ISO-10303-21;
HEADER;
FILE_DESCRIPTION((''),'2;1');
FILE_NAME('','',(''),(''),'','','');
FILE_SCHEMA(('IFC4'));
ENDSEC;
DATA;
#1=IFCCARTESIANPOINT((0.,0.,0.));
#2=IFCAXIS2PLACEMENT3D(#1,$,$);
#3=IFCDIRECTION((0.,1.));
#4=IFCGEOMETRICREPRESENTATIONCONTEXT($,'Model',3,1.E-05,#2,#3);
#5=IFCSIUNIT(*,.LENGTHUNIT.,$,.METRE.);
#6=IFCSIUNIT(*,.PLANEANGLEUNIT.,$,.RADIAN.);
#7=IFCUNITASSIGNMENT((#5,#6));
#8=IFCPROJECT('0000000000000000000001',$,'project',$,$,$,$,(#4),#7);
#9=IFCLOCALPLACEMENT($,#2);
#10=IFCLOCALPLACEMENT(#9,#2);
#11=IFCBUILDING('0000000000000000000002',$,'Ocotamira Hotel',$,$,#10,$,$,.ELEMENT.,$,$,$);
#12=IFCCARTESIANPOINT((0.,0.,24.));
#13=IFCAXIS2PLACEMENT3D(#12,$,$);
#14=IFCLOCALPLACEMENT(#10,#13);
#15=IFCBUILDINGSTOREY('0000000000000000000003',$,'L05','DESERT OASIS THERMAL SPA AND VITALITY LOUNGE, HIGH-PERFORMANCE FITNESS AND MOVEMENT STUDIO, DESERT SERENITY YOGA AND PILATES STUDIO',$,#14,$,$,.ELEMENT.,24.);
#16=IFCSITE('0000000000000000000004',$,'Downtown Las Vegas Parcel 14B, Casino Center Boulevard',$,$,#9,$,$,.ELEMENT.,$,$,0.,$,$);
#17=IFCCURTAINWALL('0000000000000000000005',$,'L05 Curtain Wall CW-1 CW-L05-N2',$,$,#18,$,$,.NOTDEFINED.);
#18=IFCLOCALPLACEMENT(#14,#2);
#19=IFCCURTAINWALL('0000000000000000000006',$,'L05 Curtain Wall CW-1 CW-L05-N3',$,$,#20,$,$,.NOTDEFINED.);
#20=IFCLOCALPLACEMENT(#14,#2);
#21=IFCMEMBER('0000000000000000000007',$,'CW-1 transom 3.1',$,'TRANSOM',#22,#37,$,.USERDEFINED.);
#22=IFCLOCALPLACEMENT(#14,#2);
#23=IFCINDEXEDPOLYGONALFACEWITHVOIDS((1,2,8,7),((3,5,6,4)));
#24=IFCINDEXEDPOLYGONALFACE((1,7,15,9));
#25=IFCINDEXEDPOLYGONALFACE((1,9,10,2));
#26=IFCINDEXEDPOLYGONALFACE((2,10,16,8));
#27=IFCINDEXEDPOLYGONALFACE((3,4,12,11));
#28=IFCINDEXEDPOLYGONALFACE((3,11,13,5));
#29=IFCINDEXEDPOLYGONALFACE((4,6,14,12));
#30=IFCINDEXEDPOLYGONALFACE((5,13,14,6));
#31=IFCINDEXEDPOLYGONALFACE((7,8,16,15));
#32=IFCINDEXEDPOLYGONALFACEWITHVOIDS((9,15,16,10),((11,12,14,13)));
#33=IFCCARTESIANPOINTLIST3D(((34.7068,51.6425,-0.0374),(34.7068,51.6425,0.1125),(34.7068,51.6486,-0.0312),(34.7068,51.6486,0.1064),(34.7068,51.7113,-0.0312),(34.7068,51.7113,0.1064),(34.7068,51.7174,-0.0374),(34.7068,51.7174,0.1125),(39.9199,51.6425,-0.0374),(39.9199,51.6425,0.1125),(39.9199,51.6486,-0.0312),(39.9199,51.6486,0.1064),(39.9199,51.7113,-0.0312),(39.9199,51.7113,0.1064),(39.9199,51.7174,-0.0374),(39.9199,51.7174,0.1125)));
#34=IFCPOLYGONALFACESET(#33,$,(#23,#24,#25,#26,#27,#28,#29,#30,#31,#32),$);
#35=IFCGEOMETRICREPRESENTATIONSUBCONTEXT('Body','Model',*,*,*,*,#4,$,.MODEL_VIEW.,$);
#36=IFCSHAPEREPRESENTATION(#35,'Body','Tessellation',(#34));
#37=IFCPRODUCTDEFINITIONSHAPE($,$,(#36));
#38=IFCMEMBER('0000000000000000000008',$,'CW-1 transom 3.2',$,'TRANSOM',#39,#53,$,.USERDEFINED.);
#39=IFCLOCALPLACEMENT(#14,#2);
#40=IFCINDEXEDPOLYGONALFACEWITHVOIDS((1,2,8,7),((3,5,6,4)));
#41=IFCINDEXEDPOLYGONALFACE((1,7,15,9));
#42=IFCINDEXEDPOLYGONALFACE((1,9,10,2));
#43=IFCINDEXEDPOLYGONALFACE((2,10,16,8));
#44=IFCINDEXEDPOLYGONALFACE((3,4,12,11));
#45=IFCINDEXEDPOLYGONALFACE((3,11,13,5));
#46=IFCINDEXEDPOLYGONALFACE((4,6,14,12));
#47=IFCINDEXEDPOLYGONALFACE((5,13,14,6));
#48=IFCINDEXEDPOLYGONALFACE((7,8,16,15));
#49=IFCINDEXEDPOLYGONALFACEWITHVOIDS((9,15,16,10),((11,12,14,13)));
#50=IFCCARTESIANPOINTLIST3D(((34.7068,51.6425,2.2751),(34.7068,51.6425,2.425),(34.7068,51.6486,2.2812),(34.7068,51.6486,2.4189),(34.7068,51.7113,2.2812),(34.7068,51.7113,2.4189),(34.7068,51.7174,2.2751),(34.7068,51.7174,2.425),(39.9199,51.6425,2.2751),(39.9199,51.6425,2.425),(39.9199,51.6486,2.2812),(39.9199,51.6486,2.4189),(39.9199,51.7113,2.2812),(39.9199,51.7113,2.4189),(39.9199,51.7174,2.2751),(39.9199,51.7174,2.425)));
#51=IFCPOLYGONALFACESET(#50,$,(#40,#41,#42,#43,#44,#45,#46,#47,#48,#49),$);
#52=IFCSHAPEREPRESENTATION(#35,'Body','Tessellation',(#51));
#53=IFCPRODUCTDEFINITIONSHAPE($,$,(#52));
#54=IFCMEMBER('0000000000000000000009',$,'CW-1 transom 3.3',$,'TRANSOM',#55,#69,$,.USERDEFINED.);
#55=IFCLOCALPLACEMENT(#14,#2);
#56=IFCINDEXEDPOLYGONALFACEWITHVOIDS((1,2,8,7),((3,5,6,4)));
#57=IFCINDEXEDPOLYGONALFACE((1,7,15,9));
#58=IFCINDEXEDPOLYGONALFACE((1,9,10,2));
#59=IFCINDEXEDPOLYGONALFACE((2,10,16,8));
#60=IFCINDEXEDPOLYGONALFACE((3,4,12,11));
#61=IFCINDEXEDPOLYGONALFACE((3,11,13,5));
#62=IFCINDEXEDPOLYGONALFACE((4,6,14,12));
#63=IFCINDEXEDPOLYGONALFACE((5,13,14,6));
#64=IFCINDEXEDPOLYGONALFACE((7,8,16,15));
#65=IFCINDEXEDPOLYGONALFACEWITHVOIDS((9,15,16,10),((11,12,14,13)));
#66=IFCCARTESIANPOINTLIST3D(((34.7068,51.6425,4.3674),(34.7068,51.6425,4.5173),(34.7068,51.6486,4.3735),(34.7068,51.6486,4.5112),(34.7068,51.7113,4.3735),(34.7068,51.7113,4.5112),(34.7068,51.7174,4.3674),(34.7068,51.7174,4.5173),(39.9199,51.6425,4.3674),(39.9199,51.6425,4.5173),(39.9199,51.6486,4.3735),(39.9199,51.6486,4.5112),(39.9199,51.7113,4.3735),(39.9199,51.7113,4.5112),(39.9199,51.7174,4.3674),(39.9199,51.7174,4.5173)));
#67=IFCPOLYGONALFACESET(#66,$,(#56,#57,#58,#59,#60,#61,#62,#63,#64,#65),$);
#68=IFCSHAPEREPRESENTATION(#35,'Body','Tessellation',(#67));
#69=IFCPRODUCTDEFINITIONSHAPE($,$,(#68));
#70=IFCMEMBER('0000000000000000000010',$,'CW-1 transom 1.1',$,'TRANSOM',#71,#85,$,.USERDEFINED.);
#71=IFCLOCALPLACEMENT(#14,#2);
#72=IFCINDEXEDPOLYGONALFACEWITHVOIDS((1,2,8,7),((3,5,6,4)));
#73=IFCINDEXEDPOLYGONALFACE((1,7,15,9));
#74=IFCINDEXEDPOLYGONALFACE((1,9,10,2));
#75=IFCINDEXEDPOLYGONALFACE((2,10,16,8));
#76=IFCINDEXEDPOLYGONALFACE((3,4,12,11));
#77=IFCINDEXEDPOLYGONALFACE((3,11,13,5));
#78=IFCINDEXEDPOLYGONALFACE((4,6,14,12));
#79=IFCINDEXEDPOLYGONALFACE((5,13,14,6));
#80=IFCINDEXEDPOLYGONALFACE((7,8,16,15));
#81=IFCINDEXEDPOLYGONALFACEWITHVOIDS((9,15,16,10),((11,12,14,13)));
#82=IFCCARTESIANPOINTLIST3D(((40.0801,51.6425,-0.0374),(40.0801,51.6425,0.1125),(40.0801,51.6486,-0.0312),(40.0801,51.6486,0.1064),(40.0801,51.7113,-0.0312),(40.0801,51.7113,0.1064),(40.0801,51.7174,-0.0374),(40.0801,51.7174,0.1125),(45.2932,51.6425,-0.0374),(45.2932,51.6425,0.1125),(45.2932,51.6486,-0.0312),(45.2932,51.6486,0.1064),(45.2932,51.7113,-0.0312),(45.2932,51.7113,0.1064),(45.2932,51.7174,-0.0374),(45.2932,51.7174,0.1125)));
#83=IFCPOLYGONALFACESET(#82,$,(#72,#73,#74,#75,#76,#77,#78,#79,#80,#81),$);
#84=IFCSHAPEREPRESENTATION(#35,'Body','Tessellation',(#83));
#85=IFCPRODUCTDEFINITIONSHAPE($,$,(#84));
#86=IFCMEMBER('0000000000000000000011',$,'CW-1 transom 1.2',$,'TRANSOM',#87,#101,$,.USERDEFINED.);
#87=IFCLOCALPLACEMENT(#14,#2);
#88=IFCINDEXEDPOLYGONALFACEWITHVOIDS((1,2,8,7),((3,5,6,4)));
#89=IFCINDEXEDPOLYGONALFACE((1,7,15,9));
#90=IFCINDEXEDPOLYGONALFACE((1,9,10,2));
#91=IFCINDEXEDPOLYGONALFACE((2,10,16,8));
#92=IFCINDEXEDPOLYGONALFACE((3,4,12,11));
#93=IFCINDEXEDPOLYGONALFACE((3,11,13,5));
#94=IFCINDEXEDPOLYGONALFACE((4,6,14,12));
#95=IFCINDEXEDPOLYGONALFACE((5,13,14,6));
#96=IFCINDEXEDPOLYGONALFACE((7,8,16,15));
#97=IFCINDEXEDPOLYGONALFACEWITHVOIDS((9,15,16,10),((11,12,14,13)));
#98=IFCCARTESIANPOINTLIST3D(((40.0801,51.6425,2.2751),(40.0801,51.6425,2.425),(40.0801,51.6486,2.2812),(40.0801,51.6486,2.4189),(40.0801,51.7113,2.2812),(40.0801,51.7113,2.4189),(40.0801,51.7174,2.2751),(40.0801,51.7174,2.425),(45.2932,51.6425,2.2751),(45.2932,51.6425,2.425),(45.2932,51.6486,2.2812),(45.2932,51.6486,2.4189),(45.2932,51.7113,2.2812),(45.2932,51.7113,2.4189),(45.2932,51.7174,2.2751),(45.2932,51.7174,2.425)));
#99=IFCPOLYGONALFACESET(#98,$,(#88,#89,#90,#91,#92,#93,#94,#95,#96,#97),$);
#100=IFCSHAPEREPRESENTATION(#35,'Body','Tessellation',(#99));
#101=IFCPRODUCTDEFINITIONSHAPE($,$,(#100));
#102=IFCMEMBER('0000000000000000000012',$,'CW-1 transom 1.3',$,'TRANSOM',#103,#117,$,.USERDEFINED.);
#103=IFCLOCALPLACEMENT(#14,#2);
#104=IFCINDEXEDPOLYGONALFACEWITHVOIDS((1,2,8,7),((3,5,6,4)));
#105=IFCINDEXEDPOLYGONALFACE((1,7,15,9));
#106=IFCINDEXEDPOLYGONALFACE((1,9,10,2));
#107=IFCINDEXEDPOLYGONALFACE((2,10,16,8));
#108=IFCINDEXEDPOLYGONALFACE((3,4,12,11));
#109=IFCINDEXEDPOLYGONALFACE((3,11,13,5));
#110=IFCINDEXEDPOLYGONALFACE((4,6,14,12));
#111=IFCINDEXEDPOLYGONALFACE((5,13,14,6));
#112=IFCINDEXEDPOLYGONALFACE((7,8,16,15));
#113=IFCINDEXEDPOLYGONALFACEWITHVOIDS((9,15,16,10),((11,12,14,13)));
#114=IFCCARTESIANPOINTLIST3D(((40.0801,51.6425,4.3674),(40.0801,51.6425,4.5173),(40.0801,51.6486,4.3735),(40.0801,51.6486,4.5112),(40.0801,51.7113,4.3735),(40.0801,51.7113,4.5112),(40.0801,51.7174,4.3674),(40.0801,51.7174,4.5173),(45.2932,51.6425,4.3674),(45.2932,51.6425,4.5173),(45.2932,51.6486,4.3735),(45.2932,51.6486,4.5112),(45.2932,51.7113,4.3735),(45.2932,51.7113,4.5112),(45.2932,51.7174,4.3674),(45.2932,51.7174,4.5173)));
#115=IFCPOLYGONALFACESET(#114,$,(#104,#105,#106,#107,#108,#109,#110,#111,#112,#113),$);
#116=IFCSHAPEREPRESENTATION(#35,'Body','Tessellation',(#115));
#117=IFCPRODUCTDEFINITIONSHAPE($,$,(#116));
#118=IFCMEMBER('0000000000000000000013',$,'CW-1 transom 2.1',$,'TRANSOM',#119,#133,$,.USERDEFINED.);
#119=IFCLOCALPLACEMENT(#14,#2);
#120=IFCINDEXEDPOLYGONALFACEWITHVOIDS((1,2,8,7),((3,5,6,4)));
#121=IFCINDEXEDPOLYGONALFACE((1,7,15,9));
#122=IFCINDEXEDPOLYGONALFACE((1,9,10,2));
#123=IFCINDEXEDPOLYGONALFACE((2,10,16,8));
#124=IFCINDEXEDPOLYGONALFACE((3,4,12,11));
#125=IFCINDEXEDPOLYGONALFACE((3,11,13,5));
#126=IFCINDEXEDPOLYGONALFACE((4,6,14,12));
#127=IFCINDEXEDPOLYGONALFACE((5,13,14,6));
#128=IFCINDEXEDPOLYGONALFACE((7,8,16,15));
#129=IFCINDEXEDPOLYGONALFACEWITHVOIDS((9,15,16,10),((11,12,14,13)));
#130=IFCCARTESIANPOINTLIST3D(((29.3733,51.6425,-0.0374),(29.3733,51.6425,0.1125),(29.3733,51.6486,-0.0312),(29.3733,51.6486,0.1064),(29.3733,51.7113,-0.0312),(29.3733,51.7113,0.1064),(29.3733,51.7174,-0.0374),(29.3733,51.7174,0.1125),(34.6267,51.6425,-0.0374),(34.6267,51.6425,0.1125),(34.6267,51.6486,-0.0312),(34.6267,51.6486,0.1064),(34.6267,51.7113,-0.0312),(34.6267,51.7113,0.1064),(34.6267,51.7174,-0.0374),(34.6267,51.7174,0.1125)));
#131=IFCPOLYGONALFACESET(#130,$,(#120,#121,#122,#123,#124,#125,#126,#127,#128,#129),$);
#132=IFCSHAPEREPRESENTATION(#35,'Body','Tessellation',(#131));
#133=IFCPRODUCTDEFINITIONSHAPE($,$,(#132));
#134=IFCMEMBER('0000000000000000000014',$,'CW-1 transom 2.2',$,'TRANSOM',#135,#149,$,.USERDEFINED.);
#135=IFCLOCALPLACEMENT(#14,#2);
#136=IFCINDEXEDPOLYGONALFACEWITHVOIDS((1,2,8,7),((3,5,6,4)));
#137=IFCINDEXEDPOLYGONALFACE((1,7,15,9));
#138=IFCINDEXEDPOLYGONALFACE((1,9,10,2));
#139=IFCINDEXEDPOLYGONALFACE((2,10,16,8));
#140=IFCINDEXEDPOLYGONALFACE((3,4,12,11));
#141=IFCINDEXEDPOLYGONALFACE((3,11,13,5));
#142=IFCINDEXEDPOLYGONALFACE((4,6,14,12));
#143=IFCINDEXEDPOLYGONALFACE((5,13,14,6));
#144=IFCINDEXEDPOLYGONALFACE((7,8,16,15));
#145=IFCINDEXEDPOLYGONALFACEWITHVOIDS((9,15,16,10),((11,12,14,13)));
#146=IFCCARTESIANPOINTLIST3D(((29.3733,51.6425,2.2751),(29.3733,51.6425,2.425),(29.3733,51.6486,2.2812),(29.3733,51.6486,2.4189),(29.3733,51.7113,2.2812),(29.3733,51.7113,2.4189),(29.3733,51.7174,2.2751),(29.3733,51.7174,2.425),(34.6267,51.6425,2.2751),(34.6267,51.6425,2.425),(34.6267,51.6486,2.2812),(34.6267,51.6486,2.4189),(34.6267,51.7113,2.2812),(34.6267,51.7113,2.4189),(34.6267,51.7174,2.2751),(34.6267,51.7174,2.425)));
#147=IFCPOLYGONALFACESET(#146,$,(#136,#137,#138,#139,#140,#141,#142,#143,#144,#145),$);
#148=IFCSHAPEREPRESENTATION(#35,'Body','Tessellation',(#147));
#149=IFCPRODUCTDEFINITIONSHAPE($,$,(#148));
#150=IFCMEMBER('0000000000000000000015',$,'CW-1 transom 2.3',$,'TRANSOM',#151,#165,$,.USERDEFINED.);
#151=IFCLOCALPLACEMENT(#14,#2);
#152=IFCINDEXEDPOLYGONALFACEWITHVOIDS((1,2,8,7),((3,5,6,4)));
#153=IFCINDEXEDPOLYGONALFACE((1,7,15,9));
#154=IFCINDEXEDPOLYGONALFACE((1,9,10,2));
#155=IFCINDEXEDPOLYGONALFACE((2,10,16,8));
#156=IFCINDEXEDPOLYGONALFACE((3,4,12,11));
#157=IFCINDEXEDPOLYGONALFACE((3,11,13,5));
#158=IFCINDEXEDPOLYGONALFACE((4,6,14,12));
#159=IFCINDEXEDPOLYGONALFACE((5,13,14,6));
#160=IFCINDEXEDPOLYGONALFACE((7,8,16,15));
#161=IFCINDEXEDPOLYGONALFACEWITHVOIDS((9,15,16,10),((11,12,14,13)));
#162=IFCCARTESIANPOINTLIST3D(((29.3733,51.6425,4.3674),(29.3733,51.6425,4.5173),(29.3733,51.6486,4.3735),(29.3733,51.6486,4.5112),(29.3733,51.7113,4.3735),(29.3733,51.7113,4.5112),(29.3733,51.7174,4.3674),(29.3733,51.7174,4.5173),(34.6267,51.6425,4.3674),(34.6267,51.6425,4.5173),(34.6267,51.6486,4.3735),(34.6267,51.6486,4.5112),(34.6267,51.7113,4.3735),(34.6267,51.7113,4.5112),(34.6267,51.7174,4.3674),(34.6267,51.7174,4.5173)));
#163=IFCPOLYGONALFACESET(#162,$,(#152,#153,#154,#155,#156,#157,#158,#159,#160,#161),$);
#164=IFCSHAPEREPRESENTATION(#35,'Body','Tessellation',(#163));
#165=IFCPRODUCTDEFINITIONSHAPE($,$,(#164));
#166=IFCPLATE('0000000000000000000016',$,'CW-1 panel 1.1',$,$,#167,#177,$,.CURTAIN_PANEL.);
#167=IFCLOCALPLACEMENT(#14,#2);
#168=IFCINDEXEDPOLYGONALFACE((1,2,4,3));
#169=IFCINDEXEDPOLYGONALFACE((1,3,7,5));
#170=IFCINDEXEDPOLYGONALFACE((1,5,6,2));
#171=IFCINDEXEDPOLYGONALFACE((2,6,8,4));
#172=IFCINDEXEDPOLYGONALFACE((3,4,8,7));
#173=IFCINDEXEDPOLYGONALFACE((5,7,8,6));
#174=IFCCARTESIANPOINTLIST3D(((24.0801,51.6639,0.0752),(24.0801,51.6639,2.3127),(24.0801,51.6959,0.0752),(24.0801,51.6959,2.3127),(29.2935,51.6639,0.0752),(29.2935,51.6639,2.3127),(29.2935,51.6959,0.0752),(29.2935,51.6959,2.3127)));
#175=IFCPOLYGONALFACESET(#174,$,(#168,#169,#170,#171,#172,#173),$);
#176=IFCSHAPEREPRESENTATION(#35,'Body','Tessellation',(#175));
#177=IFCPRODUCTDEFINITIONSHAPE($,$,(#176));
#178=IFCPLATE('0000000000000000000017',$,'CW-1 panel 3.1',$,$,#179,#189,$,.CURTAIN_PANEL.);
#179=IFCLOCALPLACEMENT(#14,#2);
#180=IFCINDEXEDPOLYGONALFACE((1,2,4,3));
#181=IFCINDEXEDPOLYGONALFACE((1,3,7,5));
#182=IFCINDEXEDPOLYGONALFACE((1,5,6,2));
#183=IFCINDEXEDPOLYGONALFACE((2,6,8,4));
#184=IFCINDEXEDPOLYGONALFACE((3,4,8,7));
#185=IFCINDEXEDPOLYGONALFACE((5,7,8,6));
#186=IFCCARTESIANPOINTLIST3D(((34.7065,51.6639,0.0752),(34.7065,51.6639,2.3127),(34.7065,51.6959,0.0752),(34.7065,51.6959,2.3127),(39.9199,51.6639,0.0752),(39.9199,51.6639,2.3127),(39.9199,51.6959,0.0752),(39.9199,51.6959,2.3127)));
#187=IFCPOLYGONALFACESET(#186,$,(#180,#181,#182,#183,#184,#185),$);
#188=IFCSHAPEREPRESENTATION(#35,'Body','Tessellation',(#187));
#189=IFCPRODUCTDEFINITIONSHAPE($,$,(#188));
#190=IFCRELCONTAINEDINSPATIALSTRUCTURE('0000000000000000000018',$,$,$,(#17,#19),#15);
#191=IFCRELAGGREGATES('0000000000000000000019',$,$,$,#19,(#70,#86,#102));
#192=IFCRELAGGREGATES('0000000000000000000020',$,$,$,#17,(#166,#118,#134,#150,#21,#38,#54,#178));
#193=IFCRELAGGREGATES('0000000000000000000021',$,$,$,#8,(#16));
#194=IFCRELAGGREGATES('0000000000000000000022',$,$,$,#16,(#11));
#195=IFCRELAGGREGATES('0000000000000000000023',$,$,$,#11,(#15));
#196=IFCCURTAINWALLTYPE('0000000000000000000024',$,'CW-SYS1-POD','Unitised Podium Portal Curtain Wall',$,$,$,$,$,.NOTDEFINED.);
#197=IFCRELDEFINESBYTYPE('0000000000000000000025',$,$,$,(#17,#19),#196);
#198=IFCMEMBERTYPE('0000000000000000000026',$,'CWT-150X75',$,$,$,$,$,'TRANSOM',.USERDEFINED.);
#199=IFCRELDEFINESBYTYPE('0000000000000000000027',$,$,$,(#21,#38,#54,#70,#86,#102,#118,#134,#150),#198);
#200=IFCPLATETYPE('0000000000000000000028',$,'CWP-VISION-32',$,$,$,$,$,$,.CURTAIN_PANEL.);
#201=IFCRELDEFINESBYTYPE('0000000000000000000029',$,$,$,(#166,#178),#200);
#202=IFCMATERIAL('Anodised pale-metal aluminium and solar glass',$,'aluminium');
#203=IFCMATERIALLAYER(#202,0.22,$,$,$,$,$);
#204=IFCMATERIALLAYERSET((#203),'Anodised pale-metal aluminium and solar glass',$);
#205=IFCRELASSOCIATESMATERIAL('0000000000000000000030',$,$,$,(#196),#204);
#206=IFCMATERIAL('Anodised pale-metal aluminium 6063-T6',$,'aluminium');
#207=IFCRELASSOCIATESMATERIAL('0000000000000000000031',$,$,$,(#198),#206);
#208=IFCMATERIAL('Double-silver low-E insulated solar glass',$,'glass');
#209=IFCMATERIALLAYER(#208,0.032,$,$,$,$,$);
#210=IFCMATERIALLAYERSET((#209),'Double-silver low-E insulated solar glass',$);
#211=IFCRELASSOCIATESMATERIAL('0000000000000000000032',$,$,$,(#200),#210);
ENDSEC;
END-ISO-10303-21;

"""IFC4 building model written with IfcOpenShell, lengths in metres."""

from ifc_helpers import new_model, si_unit, direction, frame, origin, origin_2d, place, context, subcontext, project, spatial, rectangle, hollow_rectangle, extrude, source, transform, mapped, material, layer, layer_set, material_profile, profile_set, type_object, element, aggregate, save


model = new_model("IFC4")

# Units and contexts
model_context = context("Model", 3, precision=1e-05, world=origin(), true_north=direction((0.0, 1.0)))
body_context = subcontext(model_context, "Body", "Model", "MODEL_VIEW")
ifc_project = project(units=[si_unit("LENGTHUNIT", "METRE"), si_unit("PLANEANGLEUNIT", "RADIAN")], contexts=[model_context])

# Site, building, storey
site_placement = place(None, origin())
site = spatial("IfcSite", under=ifc_project, at=site_placement, Name="Downtown Las Vegas Parcel 14B, Casino Center Boulevard", CompositionType="ELEMENT", RefElevation=0.0)
building_placement = place(site_placement, origin())
building = spatial("IfcBuilding", under=site, at=building_placement, Name="Ocotamira Hotel", CompositionType="ELEMENT")
storey_placement = place(building_placement, frame((0.0, 0.0, 24.0)))
storey = spatial("IfcBuildingStorey", under=building, at=storey_placement, Name="L05", Description="DESERT OASIS THERMAL SPA AND VITALITY LOUNGE, HIGH-PERFORMANCE FITNESS AND MOVEMENT STUDIO, DESERT SERENITY YOGA AND PILATES STUDIO", CompositionType="ELEMENT", Elevation=24.0)

# Curtain wall
ifc_material_1 = material(Name="Anodised pale-metal aluminium and solar glass", Category="aluminium")
ifc_layer_1 = layer(ifc_material_1, 0.22)
ifc_layer_set_1 = layer_set([ifc_layer_1], Name="Anodised pale-metal aluminium and solar glass")
curtain_wall_type = type_object("IfcCurtainWallType", Name="CW-SYS1-POD", Description="Unitised Podium Portal Curtain Wall", PredefinedType="NOTDEFINED", material=ifc_layer_set_1)
curtain_wall_1_placement = place(storey_placement, origin())
curtain_wall_1 = element("IfcCurtainWall", 1, at=curtain_wall_1_placement, inside=storey, type_object=curtain_wall_type, Name="L05 Curtain Wall CW-1 CW-L05-N2", PredefinedType="NOTDEFINED")
ifc_material_2 = material(Name="Anodised pale-metal aluminium 6063-T6", Category="aluminium")

# Curtain wall
curtain_wall_2_placement = place(storey_placement, origin())
curtain_wall_2 = element("IfcCurtainWall", 2, at=curtain_wall_2_placement, inside=storey, type_object=curtain_wall_type, Name="L05 Curtain Wall CW-1 CW-L05-N3", PredefinedType="NOTDEFINED")

# Members
ifc_material_profile_1 = material_profile(ifc_material_2, hollow_rectangle(XDim=0.075, YDim=0.1499, WallThickness=0.0061, at=origin_2d()), Name="HSS150X75X6")
ifc_profile_set_1 = profile_set([ifc_material_profile_1], Name="Anodised pale-metal aluminium 6063-T6")
member_type_1 = type_object("IfcMemberType", Name="CWT-150X75", ElementType="TRANSOM", PredefinedType="USERDEFINED", material=ifc_profile_set_1)
shared_shape_1 = source(origin(), body_context, "Body", "SweptSolid", [
    extrude(hollow_rectangle(XDim=0.075, YDim=0.1499, WallThickness=0.0061, at=origin_2d()), origin(), (0.0, 0.0, 1.0), 5.2131),
])
member_1_placement = place(storey_placement, frame((34.7068, 51.6799, 0.0376), z_axis=(1.0, 0.0, 0.0), x_axis=(0.0, 1.0, 0.0)))
member_1 = element("IfcMember", 3, at=member_1_placement, type_object=member_type_1, Name="CW-1 transom 3.1", ObjectType="TRANSOM", PredefinedType="USERDEFINED", context=body_context, shape_type="MappedRepresentation", body=[
    mapped(shared_shape_1, transform((0.0, 0.0, 0.0), scale=1.0)),
])
member_2_placement = place(storey_placement, frame((34.7068, 51.6799, 2.3501), z_axis=(1.0, 0.0, 0.0), x_axis=(0.0, 1.0, 0.0)))
member_2 = element("IfcMember", 4, at=member_2_placement, type_object=member_type_1, Name="CW-1 transom 3.2", ObjectType="TRANSOM", PredefinedType="USERDEFINED", context=body_context, shape_type="MappedRepresentation", body=[
    mapped(shared_shape_1, transform((0.0, 0.0, 0.0), scale=1.0)),
])
member_3_placement = place(storey_placement, frame((34.7068, 51.6799, 4.4424), z_axis=(1.0, 0.0, 0.0), x_axis=(0.0, 1.0, 0.0)))
member_3 = element("IfcMember", 5, at=member_3_placement, type_object=member_type_1, Name="CW-1 transom 3.3", ObjectType="TRANSOM", PredefinedType="USERDEFINED", context=body_context, shape_type="MappedRepresentation", body=[
    mapped(shared_shape_1, transform((0.0, 0.0, 0.0), scale=1.0)),
])
member_4_placement = place(storey_placement, frame((40.0801, 51.6799, 0.0376), z_axis=(1.0, 0.0, 0.0), x_axis=(0.0, 1.0, 0.0)))
member_4 = element("IfcMember", 6, at=member_4_placement, type_object=member_type_1, Name="CW-1 transom 1.1", ObjectType="TRANSOM", PredefinedType="USERDEFINED", context=body_context, shape_type="MappedRepresentation", body=[
    mapped(shared_shape_1, transform((0.0, 0.0, 0.0), scale=1.0)),
])
member_5_placement = place(storey_placement, frame((40.0801, 51.6799, 2.3501), z_axis=(1.0, 0.0, 0.0), x_axis=(0.0, 1.0, 0.0)))
member_5 = element("IfcMember", 7, at=member_5_placement, type_object=member_type_1, Name="CW-1 transom 1.2", ObjectType="TRANSOM", PredefinedType="USERDEFINED", context=body_context, shape_type="MappedRepresentation", body=[
    mapped(shared_shape_1, transform((0.0, 0.0, 0.0), scale=1.0)),
])
member_6_placement = place(storey_placement, frame((40.0801, 51.6799, 4.4424), z_axis=(1.0, 0.0, 0.0), x_axis=(0.0, 1.0, 0.0)))
member_6 = element("IfcMember", 8, at=member_6_placement, type_object=member_type_1, Name="CW-1 transom 1.3", ObjectType="TRANSOM", PredefinedType="USERDEFINED", context=body_context, shape_type="MappedRepresentation", body=[
    mapped(shared_shape_1, transform((0.0, 0.0, 0.0), scale=1.0)),
])
shared_shape_2 = source(origin(), body_context, "Body", "SweptSolid", [
    extrude(hollow_rectangle(XDim=0.075, YDim=0.1499, WallThickness=0.0061, at=origin_2d()), origin(), (0.0, 0.0, 1.0), 5.2534),
])
member_7_placement = place(storey_placement, frame((29.3733, 51.6799, 0.0376), z_axis=(1.0, 0.0, 0.0), x_axis=(0.0, 1.0, 0.0)))
member_7 = element("IfcMember", 9, at=member_7_placement, type_object=member_type_1, Name="CW-1 transom 2.1", ObjectType="TRANSOM", PredefinedType="USERDEFINED", context=body_context, shape_type="MappedRepresentation", body=[
    mapped(shared_shape_2, transform((0.0, 0.0, 0.0), scale=1.0)),
])
member_8_placement = place(storey_placement, frame((29.3733, 51.6799, 2.3501), z_axis=(1.0, 0.0, 0.0), x_axis=(0.0, 1.0, 0.0)))
member_8 = element("IfcMember", 10, at=member_8_placement, type_object=member_type_1, Name="CW-1 transom 2.2", ObjectType="TRANSOM", PredefinedType="USERDEFINED", context=body_context, shape_type="MappedRepresentation", body=[
    mapped(shared_shape_2, transform((0.0, 0.0, 0.0), scale=1.0)),
])
member_9_placement = place(storey_placement, frame((29.3733, 51.6799, 4.4424), z_axis=(1.0, 0.0, 0.0), x_axis=(0.0, 1.0, 0.0)))
member_9 = element("IfcMember", 11, at=member_9_placement, type_object=member_type_1, Name="CW-1 transom 2.3", ObjectType="TRANSOM", PredefinedType="USERDEFINED", context=body_context, shape_type="MappedRepresentation", body=[
    mapped(shared_shape_2, transform((0.0, 0.0, 0.0), scale=1.0)),
])

# Plates
ifc_material_3 = material(Name="Double-silver low-E insulated solar glass", Category="glass")
ifc_layer_2 = layer(ifc_material_3, 0.032)
ifc_layer_set_2 = layer_set([ifc_layer_2], Name="Double-silver low-E insulated solar glass")
plate_type = type_object("IfcPlateType", Name="CWP-VISION-32", PredefinedType="CURTAIN_PANEL", material=ifc_layer_set_2)
shared_shape_3 = source(origin(), body_context, "Body", "SweptSolid", [
    extrude(rectangle(XDim=5.2134, YDim=0.032, at=origin_2d()), origin(), (0.0, 0.0, 1.0), 2.2375),
])
plate_1_placement = place(storey_placement, frame((26.6868, 51.6799, 0.0752), z_axis=(0.0, 0.0, 1.0), x_axis=(1.0, 0.0, 0.0)))
plate_1 = element("IfcPlate", 12, at=plate_1_placement, type_object=plate_type, Name="CW-1 panel 1.1", PredefinedType="CURTAIN_PANEL", context=body_context, shape_type="MappedRepresentation", body=[
    mapped(shared_shape_3, transform((0.0, 0.0, 0.0), scale=1.0)),
])
plate_2_placement = place(storey_placement, frame((37.3132, 51.6799, 0.0752), z_axis=(0.0, 0.0, 1.0), x_axis=(1.0, 0.0, 0.0)))
plate_2 = element("IfcPlate", 13, at=plate_2_placement, type_object=plate_type, Name="CW-1 panel 3.1", PredefinedType="CURTAIN_PANEL", context=body_context, shape_type="MappedRepresentation", body=[
    mapped(shared_shape_3, transform((0.0, 0.0, 0.0), scale=1.0)),
])
aggregate(curtain_wall_2, [member_4, member_5, member_6])
aggregate(curtain_wall_1, [plate_1, member_7, member_8, member_9, member_1, member_2, member_3, plate_2])

save(model, "model.ifc")
